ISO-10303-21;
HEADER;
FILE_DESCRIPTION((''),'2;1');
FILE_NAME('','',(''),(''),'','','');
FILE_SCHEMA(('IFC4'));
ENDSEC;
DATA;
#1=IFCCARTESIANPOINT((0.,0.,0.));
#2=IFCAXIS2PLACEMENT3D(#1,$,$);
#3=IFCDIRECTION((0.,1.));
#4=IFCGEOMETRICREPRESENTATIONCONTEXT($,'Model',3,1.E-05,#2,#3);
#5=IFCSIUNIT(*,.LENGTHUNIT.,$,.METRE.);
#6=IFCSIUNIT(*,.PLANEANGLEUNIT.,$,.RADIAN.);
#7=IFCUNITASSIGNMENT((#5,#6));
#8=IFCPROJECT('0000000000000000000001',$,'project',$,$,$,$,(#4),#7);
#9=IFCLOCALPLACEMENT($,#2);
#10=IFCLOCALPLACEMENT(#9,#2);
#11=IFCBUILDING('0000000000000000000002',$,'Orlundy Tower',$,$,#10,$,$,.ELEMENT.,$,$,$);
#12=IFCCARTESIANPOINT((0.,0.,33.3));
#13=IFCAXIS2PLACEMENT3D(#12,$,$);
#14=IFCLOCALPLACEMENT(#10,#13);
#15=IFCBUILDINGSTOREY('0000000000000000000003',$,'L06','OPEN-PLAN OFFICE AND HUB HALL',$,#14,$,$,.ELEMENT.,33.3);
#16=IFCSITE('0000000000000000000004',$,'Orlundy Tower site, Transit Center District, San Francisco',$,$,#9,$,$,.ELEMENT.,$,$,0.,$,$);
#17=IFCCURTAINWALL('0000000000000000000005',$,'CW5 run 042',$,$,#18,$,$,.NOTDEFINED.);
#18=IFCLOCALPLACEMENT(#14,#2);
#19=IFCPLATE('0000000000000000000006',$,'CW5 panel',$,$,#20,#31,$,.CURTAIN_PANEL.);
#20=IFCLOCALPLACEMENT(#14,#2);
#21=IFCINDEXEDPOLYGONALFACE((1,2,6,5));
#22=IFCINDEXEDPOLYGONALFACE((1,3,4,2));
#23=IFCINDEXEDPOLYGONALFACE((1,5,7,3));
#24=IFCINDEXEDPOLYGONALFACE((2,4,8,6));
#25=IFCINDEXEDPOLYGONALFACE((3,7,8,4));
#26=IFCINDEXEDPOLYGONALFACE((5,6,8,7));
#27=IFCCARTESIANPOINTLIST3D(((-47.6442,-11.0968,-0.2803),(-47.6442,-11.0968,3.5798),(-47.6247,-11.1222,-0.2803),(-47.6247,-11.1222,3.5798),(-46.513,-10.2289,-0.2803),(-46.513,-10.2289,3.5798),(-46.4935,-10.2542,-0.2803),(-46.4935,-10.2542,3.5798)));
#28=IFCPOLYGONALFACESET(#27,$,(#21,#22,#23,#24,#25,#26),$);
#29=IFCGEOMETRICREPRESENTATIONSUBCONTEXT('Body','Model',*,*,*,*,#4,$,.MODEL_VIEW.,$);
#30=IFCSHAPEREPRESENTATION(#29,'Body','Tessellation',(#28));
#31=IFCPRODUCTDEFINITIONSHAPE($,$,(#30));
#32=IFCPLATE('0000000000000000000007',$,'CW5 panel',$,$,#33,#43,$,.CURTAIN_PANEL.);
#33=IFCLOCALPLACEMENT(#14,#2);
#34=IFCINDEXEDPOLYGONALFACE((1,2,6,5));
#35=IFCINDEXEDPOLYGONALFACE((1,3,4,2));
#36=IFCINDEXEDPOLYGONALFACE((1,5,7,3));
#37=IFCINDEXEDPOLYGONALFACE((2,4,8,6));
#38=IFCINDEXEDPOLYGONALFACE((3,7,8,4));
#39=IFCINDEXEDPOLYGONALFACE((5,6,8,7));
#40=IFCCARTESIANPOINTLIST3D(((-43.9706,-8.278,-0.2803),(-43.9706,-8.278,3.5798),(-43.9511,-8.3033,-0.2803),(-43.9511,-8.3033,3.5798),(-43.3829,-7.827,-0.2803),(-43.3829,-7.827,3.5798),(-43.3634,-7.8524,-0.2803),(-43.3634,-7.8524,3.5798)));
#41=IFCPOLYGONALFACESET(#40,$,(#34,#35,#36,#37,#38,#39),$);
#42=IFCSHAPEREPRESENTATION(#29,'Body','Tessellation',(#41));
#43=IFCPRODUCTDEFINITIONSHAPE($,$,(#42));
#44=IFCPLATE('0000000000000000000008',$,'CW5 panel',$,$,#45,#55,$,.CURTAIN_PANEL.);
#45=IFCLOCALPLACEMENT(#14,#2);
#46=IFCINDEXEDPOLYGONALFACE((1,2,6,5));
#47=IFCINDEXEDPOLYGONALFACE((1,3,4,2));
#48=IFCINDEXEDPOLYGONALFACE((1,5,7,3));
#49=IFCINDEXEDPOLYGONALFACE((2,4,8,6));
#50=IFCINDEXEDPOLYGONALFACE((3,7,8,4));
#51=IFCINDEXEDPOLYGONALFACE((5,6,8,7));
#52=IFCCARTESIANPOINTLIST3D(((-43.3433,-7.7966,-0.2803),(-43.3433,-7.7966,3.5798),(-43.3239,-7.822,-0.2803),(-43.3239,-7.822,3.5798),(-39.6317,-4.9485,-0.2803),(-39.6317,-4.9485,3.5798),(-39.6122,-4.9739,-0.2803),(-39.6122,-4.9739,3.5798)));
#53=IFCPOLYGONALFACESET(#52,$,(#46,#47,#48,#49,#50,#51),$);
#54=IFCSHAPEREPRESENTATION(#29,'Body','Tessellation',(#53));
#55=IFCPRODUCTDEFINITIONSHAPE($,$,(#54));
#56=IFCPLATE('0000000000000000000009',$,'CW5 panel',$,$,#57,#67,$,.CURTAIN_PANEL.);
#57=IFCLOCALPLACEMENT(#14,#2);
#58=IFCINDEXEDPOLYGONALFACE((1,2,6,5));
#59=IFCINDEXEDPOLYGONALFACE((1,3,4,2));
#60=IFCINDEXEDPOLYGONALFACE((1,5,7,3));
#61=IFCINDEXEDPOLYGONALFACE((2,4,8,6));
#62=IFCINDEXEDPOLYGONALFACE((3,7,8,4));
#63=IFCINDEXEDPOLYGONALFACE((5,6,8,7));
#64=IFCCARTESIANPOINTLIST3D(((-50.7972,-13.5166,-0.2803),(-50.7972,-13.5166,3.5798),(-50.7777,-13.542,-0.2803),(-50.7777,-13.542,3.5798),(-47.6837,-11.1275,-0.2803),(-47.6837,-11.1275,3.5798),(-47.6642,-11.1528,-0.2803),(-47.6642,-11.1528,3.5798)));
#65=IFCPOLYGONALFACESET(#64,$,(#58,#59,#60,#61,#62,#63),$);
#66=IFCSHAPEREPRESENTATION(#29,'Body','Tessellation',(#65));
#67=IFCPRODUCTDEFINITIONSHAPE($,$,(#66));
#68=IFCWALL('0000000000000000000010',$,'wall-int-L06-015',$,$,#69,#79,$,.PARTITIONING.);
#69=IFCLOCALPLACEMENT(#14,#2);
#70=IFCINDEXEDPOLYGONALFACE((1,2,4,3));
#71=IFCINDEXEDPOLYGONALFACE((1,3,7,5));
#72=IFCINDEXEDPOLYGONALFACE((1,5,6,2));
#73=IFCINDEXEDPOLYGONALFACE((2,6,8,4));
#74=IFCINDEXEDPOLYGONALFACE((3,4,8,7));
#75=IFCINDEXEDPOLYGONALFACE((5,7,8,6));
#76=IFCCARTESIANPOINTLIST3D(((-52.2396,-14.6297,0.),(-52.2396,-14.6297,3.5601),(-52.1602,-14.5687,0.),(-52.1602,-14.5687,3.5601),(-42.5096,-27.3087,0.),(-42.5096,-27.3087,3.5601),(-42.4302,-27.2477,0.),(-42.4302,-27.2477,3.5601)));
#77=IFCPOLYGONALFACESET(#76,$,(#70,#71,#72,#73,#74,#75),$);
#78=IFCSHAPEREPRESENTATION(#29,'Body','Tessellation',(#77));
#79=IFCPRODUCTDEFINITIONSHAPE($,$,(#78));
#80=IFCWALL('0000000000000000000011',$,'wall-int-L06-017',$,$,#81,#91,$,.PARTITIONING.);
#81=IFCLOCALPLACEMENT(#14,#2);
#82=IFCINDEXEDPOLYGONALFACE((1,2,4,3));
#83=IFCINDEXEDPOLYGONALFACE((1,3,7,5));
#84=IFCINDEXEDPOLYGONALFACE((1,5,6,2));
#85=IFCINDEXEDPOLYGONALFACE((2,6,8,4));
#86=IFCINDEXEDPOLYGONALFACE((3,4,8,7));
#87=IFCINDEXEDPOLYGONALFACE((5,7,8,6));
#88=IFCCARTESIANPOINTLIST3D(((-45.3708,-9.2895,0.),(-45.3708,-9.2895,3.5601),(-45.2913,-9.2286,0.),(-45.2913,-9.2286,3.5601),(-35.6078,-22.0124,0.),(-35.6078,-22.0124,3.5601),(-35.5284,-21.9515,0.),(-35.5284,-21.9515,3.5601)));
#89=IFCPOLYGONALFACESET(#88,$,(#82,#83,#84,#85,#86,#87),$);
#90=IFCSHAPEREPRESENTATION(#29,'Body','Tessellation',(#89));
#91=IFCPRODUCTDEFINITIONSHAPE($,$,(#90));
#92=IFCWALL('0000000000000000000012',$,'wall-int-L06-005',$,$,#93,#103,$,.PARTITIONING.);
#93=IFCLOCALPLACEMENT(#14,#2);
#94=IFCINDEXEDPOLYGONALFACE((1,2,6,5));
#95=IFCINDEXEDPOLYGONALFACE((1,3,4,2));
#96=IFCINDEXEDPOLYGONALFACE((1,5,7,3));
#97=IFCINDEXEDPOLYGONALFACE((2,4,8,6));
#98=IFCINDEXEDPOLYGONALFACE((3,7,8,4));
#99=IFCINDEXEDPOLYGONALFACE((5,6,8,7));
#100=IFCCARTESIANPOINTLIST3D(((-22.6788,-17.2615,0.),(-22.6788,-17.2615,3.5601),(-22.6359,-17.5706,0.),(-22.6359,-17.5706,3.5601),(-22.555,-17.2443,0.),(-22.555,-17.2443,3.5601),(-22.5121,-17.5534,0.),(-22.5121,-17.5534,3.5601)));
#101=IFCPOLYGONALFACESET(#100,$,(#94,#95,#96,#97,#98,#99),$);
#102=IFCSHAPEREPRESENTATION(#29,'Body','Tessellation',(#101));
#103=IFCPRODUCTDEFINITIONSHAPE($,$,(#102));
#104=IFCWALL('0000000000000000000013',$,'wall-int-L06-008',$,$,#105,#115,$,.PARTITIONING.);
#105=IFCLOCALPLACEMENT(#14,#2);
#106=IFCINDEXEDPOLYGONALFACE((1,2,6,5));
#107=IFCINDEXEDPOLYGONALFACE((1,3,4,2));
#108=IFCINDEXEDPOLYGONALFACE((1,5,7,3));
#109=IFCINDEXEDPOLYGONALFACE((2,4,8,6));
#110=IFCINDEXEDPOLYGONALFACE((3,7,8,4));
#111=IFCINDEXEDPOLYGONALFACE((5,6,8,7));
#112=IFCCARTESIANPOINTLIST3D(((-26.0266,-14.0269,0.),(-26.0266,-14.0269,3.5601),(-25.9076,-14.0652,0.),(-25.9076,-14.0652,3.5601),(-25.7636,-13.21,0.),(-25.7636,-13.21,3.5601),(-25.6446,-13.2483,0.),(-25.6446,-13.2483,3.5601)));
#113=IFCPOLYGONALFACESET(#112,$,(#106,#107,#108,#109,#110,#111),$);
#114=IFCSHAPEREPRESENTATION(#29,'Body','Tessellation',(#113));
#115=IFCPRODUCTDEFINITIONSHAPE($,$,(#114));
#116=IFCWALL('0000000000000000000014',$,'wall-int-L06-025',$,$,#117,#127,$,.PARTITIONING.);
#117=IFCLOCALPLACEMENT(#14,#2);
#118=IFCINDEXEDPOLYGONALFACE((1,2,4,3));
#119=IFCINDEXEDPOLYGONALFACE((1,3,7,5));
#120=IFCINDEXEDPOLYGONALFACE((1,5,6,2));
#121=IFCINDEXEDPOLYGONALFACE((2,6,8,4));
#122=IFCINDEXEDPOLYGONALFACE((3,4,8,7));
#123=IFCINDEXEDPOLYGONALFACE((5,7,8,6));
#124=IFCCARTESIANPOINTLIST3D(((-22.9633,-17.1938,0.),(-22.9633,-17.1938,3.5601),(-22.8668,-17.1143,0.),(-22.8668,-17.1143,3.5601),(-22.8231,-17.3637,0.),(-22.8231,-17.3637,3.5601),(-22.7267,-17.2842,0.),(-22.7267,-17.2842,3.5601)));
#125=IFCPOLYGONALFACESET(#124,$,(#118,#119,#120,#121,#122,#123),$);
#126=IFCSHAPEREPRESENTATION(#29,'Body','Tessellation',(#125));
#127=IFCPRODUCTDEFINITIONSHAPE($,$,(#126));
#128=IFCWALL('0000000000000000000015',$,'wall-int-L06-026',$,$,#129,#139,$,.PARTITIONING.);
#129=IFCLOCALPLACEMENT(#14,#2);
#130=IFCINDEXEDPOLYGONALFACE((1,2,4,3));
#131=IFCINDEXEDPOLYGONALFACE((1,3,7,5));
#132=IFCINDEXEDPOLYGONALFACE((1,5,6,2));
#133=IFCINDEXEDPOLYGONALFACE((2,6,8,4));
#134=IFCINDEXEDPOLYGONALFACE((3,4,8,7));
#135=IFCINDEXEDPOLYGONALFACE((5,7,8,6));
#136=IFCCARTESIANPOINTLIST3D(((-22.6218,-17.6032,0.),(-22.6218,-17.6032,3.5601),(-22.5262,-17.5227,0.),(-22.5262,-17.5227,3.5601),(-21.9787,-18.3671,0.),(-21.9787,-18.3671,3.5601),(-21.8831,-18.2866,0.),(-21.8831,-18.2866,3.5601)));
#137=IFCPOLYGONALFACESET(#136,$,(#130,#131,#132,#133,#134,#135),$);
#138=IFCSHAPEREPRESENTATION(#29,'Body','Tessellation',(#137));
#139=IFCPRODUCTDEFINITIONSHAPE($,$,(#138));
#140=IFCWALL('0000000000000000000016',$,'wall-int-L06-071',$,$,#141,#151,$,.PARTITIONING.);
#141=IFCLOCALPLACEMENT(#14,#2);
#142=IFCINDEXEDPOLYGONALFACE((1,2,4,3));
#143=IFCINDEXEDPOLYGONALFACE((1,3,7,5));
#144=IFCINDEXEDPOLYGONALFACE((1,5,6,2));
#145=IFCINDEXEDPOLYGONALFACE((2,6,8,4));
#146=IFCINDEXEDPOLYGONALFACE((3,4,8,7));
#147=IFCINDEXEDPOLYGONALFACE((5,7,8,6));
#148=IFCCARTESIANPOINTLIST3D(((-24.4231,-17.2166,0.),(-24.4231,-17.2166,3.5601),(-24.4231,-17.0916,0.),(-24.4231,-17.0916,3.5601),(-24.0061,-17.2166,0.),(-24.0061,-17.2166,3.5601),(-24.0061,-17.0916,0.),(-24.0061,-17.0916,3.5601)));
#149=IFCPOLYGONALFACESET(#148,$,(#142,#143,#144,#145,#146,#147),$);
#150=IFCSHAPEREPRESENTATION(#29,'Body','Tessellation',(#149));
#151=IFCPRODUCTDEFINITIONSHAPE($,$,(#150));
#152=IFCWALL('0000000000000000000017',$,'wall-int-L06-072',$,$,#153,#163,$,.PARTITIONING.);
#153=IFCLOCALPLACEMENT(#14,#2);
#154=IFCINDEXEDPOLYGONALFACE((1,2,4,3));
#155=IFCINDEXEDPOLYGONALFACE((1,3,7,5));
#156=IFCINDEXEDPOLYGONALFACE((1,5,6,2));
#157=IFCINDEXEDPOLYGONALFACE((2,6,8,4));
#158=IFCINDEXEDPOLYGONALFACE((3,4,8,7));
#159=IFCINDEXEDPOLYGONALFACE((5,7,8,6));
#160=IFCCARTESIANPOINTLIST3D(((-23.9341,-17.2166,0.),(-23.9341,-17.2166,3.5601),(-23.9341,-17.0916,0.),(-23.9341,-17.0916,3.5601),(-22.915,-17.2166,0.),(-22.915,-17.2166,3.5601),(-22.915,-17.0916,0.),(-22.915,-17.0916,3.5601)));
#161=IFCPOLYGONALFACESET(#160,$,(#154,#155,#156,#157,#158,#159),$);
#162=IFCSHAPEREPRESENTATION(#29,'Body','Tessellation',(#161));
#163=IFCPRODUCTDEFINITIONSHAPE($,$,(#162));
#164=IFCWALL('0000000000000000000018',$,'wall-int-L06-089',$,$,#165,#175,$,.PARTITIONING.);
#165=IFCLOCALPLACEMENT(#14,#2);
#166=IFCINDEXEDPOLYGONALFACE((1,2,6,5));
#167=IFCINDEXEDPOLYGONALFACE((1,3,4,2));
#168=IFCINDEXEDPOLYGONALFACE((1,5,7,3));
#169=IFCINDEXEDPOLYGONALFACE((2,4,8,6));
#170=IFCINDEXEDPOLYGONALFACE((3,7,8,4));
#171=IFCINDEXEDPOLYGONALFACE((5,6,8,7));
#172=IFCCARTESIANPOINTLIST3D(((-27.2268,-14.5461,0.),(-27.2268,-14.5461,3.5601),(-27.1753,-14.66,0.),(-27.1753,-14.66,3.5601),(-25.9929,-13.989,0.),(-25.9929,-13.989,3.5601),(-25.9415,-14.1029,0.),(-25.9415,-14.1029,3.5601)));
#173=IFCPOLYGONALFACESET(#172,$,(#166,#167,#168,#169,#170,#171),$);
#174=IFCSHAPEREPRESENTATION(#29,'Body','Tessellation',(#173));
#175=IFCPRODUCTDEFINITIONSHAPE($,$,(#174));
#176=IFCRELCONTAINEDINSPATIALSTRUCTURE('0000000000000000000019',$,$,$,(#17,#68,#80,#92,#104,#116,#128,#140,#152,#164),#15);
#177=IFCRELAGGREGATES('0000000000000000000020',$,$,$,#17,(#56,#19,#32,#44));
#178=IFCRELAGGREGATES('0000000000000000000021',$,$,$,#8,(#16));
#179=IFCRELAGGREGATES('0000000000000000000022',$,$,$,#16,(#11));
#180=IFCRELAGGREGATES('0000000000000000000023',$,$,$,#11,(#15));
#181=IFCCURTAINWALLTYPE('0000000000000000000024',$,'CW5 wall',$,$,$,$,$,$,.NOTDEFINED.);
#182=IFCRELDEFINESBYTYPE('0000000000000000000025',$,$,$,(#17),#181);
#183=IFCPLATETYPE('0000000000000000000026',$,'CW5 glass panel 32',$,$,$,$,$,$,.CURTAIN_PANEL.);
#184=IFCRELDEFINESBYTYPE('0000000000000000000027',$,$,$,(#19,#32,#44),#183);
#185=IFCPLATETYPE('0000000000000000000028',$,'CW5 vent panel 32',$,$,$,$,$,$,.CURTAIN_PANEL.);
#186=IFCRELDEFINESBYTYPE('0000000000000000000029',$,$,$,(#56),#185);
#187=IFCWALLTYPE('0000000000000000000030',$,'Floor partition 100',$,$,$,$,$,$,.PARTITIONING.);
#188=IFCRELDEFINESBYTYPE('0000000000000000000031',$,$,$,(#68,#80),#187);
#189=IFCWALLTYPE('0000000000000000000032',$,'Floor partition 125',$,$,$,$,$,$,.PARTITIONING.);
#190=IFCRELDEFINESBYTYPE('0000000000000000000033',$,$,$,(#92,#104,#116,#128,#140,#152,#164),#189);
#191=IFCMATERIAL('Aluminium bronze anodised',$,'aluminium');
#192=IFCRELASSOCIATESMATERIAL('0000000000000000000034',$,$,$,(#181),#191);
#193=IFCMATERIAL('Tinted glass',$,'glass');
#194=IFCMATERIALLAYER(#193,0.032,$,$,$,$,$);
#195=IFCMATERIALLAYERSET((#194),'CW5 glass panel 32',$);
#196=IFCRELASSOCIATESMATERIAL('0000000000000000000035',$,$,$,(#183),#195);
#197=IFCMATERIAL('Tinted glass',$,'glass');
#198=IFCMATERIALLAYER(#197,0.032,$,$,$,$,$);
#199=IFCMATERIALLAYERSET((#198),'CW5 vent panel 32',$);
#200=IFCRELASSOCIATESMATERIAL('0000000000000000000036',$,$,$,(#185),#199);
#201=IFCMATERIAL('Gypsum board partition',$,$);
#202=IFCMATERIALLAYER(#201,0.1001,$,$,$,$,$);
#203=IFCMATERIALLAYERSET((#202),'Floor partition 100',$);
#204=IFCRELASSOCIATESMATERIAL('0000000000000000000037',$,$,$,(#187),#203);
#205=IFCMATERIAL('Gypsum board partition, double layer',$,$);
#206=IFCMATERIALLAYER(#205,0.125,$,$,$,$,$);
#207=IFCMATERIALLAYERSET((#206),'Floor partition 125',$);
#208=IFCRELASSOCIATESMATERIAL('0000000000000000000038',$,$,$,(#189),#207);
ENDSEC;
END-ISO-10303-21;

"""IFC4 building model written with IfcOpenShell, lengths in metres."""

from ifc_helpers import new_model, si_unit, direction, frame, frame_2d, origin, origin_2d, place, context, subcontext, project, spatial, rectangle, extrude, material, layer, layer_set, type_object, element, aggregate, save


model = new_model("IFC4")

# Units and contexts
model_context = context("Model", 3, precision=1e-05, world=origin(), true_north=direction((0.0, 1.0)))
body_context = subcontext(model_context, "Body", "Model", "MODEL_VIEW")
ifc_project = project(units=[si_unit("LENGTHUNIT", "METRE"), si_unit("PLANEANGLEUNIT", "RADIAN")], contexts=[model_context])

# Site, building, storey
site_placement = place(None, origin())
site = spatial("IfcSite", under=ifc_project, at=site_placement, Name="Orlundy Tower site, Transit Center District, San Francisco", CompositionType="ELEMENT", RefElevation=0.0)
building_placement = place(site_placement, origin())
building = spatial("IfcBuilding", under=site, at=building_placement, Name="Orlundy Tower", CompositionType="ELEMENT")
storey_placement = place(building_placement, frame((0.0, 0.0, 33.3)))
storey = spatial("IfcBuildingStorey", under=building, at=storey_placement, Name="L06", Description="OPEN-PLAN OFFICE AND HUB HALL", CompositionType="ELEMENT", Elevation=33.3)

# Shared definitions
ifc_material_1 = material(Name="Aluminium bronze anodised", Category="aluminium")
curtain_wall_type = type_object("IfcCurtainWallType", Name="CW5 wall", PredefinedType="NOTDEFINED", material=ifc_material_1)

# Curtain wall
curtain_wall_1_placement = place(storey_placement, origin())
curtain_wall_1 = element("IfcCurtainWall", 1, at=curtain_wall_1_placement, inside=storey, type_object=curtain_wall_type, Name="CW5 run 042", PredefinedType="NOTDEFINED")

# Plates
ifc_material_2 = material(Name="Tinted glass", Category="glass")
ifc_layer_1 = layer(ifc_material_2, 0.032)
ifc_layer_set_1 = layer_set([ifc_layer_1], Name="CW5 glass panel 32")
plate_type_1 = type_object("IfcPlateType", Name="CW5 glass panel 32", PredefinedType="CURTAIN_PANEL", material=ifc_layer_set_1)
plate_1_placement = place(storey_placement, frame((-47.0688, -10.6755, -0.2803), z_axis=(0.0, 0.0, 1.0), x_axis=(0.793346, 0.608771, 0.0)))
plate_1 = element("IfcPlate", 2, at=plate_1_placement, type_object=plate_type_1, Name="CW5 panel", PredefinedType="CURTAIN_PANEL", context=body_context, shape_type="SweptSolid", body=[
    extrude(rectangle(XDim=1.4258, YDim=0.032, at=origin_2d()), origin(), (0.0, 0.0, 1.0), 3.8601),
])
plate_2_placement = place(storey_placement, frame((-43.667, -8.0652, -0.2803), z_axis=(0.0, 0.0, 1.0), x_axis=(0.793346, 0.608771, 0.0)))
plate_2 = element("IfcPlate", 3, at=plate_2_placement, type_object=plate_type_1, Name="CW5 panel", PredefinedType="CURTAIN_PANEL", context=body_context, shape_type="SweptSolid", body=[
    extrude(rectangle(XDim=0.7407, YDim=0.032, at=origin_2d()), origin(), (0.0, 0.0, 1.0), 3.8601),
])
plate_3_placement = place(storey_placement, frame((-41.4778, -6.3853, -0.2803), z_axis=(0.0, 0.0, 1.0), x_axis=(0.793346, 0.608771, 0.0)))
plate_3 = element("IfcPlate", 4, at=plate_3_placement, type_object=plate_type_1, Name="CW5 panel", PredefinedType="CURTAIN_PANEL", context=body_context, shape_type="SweptSolid", body=[
    extrude(rectangle(XDim=4.6785, YDim=0.032, at=origin_2d()), origin(), (0.0, 0.0, 1.0), 3.8601),
])
ifc_material_3 = material(Name="Tinted glass", Category="glass")
ifc_layer_2 = layer(ifc_material_3, 0.032)
ifc_layer_set_2 = layer_set([ifc_layer_2], Name="CW5 vent panel 32")
plate_type_2 = type_object("IfcPlateType", Name="CW5 vent panel 32", PredefinedType="CURTAIN_PANEL", material=ifc_layer_set_2)
plate_4_placement = place(storey_placement, frame((-49.2307, -12.3347, -0.2803), z_axis=(0.0, 0.0, 1.0), x_axis=(0.793346, 0.608771, 0.0)))
plate_4 = element("IfcPlate", 5, at=plate_4_placement, type_object=plate_type_2, Name="CW5 panel", PredefinedType="CURTAIN_PANEL", context=body_context, shape_type="SweptSolid", body=[
    extrude(rectangle(XDim=3.9246, YDim=0.032, at=origin_2d()), origin(), (0.0, 0.0, 1.0), 3.8601),
])
aggregate(curtain_wall_1, [plate_4, plate_1, plate_2, plate_3])

# Walls
ifc_material_4 = material(Name="Gypsum board partition")
ifc_layer_3 = layer(ifc_material_4, 0.1001)
ifc_layer_set_3 = layer_set([ifc_layer_3], Name="Floor partition 100")
wall_type_1 = type_object("IfcWallType", Name="Floor partition 100", PredefinedType="PARTITIONING", material=ifc_layer_set_3)
wall_1_placement = place(storey_placement, frame((-52.2, -14.5991, 0.0), z_axis=(0.0, 0.0, 1.0), x_axis=(0.608804, -0.793321, 0.0)))
element("IfcWall", 6, at=wall_1_placement, inside=storey, type_object=wall_type_1, Name="wall-int-L06-015", PredefinedType="PARTITIONING", context=body_context, shape_type="SweptSolid", body=[
    extrude(rectangle(XDim=15.9822, YDim=0.1001, at=frame_2d((7.9912, 0.0))), origin(), (0.0, 0.0, 1.0), 3.5601),
])
wall_2_placement = place(storey_placement, frame((-45.3311, -9.259, 0.0), z_axis=(0.0, 0.0, 1.0), x_axis=(0.608774, -0.793344, 0.0)))
element("IfcWall", 7, at=wall_2_placement, inside=storey, type_object=wall_type_1, Name="wall-int-L06-017", PredefinedType="PARTITIONING", context=body_context, shape_type="SweptSolid", body=[
    extrude(rectangle(XDim=16.0371, YDim=0.1001, at=frame_2d((8.0186, 0.0))), origin(), (0.0, 0.0, 1.0), 3.5601),
])
ifc_material_5 = material(Name="Gypsum board partition, double layer")
ifc_layer_4 = layer(ifc_material_5, 0.125)
ifc_layer_set_4 = layer_set([ifc_layer_4], Name="Floor partition 125")
wall_type_2 = type_object("IfcWallType", Name="Floor partition 125", PredefinedType="PARTITIONING", material=ifc_layer_set_4)
wall_3_placement = place(storey_placement, frame((-22.6169, -17.2529, 0.0), z_axis=(0.0, 0.0, 1.0), x_axis=(0.137696, -0.990474, 0.0)))
element("IfcWall", 8, at=wall_3_placement, inside=storey, type_object=wall_type_2, Name="wall-int-L06-005", PredefinedType="PARTITIONING", context=body_context, shape_type="SweptSolid", body=[
    extrude(rectangle(XDim=0.312, YDim=0.125, at=frame_2d((0.156, 0.0))), origin(), (0.0, 0.0, 1.0), 3.5601),
])
wall_4_placement = place(storey_placement, frame((-25.7041, -13.229, 0.0), z_axis=(0.0, 0.0, 1.0), x_axis=(-0.306396, -0.951904, 0.0)))
element("IfcWall", 9, at=wall_4_placement, inside=storey, type_object=wall_type_2, Name="wall-int-L06-008", PredefinedType="PARTITIONING", context=body_context, shape_type="SweptSolid", body=[
    extrude(rectangle(XDim=0.8582, YDim=0.125, at=frame_2d((0.4292, 0.0))), origin(), (0.0, 0.0, 1.0), 3.5601),
])
wall_5_placement = place(storey_placement, frame((-22.915, -17.1541, 0.0), z_axis=(0.0, 0.0, 1.0), x_axis=(0.636251, -0.771482, 0.0)))
element("IfcWall", 10, at=wall_5_placement, inside=storey, type_object=wall_type_2, Name="wall-int-L06-025", PredefinedType="PARTITIONING", context=body_context, shape_type="SweptSolid", body=[
    extrude(rectangle(XDim=0.2202, YDim=0.125, at=frame_2d((0.1101, 0.0))), origin(), (0.0, 0.0, 1.0), 3.5601),
])
wall_6_placement = place(storey_placement, frame((-22.574, -17.563, 0.0), z_axis=(0.0, 0.0, 1.0), x_axis=(0.644, -0.765025, 0.0)))
element("IfcWall", 11, at=wall_6_placement, inside=storey, type_object=wall_type_2, Name="wall-int-L06-026", PredefinedType="PARTITIONING", context=body_context, shape_type="SweptSolid", body=[
    extrude(rectangle(XDim=0.9985, YDim=0.125, at=frame_2d((0.4993, 0.0))), origin(), (0.0, 0.0, 1.0), 3.5601),
])
wall_7_placement = place(storey_placement, frame((-24.4231, -17.1541, 0.0), z_axis=(0.0, 0.0, 1.0), x_axis=(1.0, 0.0, 0.0)))
element("IfcWall", 12, at=wall_7_placement, inside=storey, type_object=wall_type_2, Name="wall-int-L06-071", PredefinedType="PARTITIONING", context=body_context, shape_type="SweptSolid", body=[
    extrude(rectangle(XDim=0.417, YDim=0.125, at=frame_2d((0.2085, 0.0))), origin(), (0.0, 0.0, 1.0), 3.5601),
])
wall_8_placement = place(storey_placement, frame((-23.9341, -17.1541, 0.0), z_axis=(0.0, 0.0, 1.0), x_axis=(1.0, 0.0, 0.0)))
element("IfcWall", 13, at=wall_8_placement, inside=storey, type_object=wall_type_2, Name="wall-int-L06-072", PredefinedType="PARTITIONING", context=body_context, shape_type="SweptSolid", body=[
    extrude(rectangle(XDim=1.019, YDim=0.125, at=frame_2d((0.5095, 0.0))), origin(), (0.0, 0.0, 1.0), 3.5601),
])
wall_9_placement = place(storey_placement, frame((-27.2009, -14.603, 0.0), z_axis=(0.0, 0.0, 1.0), x_axis=(0.911401, 0.411519, 0.0)))
element("IfcWall", 14, at=wall_9_placement, inside=storey, type_object=wall_type_2, Name="wall-int-L06-089", PredefinedType="PARTITIONING", context=body_context, shape_type="SweptSolid", body=[
    extrude(rectangle(XDim=1.3538, YDim=0.125, at=frame_2d((0.6768, 0.0))), origin(), (0.0, 0.0, 1.0), 3.5601),
])

save(model, "model.ifc")
